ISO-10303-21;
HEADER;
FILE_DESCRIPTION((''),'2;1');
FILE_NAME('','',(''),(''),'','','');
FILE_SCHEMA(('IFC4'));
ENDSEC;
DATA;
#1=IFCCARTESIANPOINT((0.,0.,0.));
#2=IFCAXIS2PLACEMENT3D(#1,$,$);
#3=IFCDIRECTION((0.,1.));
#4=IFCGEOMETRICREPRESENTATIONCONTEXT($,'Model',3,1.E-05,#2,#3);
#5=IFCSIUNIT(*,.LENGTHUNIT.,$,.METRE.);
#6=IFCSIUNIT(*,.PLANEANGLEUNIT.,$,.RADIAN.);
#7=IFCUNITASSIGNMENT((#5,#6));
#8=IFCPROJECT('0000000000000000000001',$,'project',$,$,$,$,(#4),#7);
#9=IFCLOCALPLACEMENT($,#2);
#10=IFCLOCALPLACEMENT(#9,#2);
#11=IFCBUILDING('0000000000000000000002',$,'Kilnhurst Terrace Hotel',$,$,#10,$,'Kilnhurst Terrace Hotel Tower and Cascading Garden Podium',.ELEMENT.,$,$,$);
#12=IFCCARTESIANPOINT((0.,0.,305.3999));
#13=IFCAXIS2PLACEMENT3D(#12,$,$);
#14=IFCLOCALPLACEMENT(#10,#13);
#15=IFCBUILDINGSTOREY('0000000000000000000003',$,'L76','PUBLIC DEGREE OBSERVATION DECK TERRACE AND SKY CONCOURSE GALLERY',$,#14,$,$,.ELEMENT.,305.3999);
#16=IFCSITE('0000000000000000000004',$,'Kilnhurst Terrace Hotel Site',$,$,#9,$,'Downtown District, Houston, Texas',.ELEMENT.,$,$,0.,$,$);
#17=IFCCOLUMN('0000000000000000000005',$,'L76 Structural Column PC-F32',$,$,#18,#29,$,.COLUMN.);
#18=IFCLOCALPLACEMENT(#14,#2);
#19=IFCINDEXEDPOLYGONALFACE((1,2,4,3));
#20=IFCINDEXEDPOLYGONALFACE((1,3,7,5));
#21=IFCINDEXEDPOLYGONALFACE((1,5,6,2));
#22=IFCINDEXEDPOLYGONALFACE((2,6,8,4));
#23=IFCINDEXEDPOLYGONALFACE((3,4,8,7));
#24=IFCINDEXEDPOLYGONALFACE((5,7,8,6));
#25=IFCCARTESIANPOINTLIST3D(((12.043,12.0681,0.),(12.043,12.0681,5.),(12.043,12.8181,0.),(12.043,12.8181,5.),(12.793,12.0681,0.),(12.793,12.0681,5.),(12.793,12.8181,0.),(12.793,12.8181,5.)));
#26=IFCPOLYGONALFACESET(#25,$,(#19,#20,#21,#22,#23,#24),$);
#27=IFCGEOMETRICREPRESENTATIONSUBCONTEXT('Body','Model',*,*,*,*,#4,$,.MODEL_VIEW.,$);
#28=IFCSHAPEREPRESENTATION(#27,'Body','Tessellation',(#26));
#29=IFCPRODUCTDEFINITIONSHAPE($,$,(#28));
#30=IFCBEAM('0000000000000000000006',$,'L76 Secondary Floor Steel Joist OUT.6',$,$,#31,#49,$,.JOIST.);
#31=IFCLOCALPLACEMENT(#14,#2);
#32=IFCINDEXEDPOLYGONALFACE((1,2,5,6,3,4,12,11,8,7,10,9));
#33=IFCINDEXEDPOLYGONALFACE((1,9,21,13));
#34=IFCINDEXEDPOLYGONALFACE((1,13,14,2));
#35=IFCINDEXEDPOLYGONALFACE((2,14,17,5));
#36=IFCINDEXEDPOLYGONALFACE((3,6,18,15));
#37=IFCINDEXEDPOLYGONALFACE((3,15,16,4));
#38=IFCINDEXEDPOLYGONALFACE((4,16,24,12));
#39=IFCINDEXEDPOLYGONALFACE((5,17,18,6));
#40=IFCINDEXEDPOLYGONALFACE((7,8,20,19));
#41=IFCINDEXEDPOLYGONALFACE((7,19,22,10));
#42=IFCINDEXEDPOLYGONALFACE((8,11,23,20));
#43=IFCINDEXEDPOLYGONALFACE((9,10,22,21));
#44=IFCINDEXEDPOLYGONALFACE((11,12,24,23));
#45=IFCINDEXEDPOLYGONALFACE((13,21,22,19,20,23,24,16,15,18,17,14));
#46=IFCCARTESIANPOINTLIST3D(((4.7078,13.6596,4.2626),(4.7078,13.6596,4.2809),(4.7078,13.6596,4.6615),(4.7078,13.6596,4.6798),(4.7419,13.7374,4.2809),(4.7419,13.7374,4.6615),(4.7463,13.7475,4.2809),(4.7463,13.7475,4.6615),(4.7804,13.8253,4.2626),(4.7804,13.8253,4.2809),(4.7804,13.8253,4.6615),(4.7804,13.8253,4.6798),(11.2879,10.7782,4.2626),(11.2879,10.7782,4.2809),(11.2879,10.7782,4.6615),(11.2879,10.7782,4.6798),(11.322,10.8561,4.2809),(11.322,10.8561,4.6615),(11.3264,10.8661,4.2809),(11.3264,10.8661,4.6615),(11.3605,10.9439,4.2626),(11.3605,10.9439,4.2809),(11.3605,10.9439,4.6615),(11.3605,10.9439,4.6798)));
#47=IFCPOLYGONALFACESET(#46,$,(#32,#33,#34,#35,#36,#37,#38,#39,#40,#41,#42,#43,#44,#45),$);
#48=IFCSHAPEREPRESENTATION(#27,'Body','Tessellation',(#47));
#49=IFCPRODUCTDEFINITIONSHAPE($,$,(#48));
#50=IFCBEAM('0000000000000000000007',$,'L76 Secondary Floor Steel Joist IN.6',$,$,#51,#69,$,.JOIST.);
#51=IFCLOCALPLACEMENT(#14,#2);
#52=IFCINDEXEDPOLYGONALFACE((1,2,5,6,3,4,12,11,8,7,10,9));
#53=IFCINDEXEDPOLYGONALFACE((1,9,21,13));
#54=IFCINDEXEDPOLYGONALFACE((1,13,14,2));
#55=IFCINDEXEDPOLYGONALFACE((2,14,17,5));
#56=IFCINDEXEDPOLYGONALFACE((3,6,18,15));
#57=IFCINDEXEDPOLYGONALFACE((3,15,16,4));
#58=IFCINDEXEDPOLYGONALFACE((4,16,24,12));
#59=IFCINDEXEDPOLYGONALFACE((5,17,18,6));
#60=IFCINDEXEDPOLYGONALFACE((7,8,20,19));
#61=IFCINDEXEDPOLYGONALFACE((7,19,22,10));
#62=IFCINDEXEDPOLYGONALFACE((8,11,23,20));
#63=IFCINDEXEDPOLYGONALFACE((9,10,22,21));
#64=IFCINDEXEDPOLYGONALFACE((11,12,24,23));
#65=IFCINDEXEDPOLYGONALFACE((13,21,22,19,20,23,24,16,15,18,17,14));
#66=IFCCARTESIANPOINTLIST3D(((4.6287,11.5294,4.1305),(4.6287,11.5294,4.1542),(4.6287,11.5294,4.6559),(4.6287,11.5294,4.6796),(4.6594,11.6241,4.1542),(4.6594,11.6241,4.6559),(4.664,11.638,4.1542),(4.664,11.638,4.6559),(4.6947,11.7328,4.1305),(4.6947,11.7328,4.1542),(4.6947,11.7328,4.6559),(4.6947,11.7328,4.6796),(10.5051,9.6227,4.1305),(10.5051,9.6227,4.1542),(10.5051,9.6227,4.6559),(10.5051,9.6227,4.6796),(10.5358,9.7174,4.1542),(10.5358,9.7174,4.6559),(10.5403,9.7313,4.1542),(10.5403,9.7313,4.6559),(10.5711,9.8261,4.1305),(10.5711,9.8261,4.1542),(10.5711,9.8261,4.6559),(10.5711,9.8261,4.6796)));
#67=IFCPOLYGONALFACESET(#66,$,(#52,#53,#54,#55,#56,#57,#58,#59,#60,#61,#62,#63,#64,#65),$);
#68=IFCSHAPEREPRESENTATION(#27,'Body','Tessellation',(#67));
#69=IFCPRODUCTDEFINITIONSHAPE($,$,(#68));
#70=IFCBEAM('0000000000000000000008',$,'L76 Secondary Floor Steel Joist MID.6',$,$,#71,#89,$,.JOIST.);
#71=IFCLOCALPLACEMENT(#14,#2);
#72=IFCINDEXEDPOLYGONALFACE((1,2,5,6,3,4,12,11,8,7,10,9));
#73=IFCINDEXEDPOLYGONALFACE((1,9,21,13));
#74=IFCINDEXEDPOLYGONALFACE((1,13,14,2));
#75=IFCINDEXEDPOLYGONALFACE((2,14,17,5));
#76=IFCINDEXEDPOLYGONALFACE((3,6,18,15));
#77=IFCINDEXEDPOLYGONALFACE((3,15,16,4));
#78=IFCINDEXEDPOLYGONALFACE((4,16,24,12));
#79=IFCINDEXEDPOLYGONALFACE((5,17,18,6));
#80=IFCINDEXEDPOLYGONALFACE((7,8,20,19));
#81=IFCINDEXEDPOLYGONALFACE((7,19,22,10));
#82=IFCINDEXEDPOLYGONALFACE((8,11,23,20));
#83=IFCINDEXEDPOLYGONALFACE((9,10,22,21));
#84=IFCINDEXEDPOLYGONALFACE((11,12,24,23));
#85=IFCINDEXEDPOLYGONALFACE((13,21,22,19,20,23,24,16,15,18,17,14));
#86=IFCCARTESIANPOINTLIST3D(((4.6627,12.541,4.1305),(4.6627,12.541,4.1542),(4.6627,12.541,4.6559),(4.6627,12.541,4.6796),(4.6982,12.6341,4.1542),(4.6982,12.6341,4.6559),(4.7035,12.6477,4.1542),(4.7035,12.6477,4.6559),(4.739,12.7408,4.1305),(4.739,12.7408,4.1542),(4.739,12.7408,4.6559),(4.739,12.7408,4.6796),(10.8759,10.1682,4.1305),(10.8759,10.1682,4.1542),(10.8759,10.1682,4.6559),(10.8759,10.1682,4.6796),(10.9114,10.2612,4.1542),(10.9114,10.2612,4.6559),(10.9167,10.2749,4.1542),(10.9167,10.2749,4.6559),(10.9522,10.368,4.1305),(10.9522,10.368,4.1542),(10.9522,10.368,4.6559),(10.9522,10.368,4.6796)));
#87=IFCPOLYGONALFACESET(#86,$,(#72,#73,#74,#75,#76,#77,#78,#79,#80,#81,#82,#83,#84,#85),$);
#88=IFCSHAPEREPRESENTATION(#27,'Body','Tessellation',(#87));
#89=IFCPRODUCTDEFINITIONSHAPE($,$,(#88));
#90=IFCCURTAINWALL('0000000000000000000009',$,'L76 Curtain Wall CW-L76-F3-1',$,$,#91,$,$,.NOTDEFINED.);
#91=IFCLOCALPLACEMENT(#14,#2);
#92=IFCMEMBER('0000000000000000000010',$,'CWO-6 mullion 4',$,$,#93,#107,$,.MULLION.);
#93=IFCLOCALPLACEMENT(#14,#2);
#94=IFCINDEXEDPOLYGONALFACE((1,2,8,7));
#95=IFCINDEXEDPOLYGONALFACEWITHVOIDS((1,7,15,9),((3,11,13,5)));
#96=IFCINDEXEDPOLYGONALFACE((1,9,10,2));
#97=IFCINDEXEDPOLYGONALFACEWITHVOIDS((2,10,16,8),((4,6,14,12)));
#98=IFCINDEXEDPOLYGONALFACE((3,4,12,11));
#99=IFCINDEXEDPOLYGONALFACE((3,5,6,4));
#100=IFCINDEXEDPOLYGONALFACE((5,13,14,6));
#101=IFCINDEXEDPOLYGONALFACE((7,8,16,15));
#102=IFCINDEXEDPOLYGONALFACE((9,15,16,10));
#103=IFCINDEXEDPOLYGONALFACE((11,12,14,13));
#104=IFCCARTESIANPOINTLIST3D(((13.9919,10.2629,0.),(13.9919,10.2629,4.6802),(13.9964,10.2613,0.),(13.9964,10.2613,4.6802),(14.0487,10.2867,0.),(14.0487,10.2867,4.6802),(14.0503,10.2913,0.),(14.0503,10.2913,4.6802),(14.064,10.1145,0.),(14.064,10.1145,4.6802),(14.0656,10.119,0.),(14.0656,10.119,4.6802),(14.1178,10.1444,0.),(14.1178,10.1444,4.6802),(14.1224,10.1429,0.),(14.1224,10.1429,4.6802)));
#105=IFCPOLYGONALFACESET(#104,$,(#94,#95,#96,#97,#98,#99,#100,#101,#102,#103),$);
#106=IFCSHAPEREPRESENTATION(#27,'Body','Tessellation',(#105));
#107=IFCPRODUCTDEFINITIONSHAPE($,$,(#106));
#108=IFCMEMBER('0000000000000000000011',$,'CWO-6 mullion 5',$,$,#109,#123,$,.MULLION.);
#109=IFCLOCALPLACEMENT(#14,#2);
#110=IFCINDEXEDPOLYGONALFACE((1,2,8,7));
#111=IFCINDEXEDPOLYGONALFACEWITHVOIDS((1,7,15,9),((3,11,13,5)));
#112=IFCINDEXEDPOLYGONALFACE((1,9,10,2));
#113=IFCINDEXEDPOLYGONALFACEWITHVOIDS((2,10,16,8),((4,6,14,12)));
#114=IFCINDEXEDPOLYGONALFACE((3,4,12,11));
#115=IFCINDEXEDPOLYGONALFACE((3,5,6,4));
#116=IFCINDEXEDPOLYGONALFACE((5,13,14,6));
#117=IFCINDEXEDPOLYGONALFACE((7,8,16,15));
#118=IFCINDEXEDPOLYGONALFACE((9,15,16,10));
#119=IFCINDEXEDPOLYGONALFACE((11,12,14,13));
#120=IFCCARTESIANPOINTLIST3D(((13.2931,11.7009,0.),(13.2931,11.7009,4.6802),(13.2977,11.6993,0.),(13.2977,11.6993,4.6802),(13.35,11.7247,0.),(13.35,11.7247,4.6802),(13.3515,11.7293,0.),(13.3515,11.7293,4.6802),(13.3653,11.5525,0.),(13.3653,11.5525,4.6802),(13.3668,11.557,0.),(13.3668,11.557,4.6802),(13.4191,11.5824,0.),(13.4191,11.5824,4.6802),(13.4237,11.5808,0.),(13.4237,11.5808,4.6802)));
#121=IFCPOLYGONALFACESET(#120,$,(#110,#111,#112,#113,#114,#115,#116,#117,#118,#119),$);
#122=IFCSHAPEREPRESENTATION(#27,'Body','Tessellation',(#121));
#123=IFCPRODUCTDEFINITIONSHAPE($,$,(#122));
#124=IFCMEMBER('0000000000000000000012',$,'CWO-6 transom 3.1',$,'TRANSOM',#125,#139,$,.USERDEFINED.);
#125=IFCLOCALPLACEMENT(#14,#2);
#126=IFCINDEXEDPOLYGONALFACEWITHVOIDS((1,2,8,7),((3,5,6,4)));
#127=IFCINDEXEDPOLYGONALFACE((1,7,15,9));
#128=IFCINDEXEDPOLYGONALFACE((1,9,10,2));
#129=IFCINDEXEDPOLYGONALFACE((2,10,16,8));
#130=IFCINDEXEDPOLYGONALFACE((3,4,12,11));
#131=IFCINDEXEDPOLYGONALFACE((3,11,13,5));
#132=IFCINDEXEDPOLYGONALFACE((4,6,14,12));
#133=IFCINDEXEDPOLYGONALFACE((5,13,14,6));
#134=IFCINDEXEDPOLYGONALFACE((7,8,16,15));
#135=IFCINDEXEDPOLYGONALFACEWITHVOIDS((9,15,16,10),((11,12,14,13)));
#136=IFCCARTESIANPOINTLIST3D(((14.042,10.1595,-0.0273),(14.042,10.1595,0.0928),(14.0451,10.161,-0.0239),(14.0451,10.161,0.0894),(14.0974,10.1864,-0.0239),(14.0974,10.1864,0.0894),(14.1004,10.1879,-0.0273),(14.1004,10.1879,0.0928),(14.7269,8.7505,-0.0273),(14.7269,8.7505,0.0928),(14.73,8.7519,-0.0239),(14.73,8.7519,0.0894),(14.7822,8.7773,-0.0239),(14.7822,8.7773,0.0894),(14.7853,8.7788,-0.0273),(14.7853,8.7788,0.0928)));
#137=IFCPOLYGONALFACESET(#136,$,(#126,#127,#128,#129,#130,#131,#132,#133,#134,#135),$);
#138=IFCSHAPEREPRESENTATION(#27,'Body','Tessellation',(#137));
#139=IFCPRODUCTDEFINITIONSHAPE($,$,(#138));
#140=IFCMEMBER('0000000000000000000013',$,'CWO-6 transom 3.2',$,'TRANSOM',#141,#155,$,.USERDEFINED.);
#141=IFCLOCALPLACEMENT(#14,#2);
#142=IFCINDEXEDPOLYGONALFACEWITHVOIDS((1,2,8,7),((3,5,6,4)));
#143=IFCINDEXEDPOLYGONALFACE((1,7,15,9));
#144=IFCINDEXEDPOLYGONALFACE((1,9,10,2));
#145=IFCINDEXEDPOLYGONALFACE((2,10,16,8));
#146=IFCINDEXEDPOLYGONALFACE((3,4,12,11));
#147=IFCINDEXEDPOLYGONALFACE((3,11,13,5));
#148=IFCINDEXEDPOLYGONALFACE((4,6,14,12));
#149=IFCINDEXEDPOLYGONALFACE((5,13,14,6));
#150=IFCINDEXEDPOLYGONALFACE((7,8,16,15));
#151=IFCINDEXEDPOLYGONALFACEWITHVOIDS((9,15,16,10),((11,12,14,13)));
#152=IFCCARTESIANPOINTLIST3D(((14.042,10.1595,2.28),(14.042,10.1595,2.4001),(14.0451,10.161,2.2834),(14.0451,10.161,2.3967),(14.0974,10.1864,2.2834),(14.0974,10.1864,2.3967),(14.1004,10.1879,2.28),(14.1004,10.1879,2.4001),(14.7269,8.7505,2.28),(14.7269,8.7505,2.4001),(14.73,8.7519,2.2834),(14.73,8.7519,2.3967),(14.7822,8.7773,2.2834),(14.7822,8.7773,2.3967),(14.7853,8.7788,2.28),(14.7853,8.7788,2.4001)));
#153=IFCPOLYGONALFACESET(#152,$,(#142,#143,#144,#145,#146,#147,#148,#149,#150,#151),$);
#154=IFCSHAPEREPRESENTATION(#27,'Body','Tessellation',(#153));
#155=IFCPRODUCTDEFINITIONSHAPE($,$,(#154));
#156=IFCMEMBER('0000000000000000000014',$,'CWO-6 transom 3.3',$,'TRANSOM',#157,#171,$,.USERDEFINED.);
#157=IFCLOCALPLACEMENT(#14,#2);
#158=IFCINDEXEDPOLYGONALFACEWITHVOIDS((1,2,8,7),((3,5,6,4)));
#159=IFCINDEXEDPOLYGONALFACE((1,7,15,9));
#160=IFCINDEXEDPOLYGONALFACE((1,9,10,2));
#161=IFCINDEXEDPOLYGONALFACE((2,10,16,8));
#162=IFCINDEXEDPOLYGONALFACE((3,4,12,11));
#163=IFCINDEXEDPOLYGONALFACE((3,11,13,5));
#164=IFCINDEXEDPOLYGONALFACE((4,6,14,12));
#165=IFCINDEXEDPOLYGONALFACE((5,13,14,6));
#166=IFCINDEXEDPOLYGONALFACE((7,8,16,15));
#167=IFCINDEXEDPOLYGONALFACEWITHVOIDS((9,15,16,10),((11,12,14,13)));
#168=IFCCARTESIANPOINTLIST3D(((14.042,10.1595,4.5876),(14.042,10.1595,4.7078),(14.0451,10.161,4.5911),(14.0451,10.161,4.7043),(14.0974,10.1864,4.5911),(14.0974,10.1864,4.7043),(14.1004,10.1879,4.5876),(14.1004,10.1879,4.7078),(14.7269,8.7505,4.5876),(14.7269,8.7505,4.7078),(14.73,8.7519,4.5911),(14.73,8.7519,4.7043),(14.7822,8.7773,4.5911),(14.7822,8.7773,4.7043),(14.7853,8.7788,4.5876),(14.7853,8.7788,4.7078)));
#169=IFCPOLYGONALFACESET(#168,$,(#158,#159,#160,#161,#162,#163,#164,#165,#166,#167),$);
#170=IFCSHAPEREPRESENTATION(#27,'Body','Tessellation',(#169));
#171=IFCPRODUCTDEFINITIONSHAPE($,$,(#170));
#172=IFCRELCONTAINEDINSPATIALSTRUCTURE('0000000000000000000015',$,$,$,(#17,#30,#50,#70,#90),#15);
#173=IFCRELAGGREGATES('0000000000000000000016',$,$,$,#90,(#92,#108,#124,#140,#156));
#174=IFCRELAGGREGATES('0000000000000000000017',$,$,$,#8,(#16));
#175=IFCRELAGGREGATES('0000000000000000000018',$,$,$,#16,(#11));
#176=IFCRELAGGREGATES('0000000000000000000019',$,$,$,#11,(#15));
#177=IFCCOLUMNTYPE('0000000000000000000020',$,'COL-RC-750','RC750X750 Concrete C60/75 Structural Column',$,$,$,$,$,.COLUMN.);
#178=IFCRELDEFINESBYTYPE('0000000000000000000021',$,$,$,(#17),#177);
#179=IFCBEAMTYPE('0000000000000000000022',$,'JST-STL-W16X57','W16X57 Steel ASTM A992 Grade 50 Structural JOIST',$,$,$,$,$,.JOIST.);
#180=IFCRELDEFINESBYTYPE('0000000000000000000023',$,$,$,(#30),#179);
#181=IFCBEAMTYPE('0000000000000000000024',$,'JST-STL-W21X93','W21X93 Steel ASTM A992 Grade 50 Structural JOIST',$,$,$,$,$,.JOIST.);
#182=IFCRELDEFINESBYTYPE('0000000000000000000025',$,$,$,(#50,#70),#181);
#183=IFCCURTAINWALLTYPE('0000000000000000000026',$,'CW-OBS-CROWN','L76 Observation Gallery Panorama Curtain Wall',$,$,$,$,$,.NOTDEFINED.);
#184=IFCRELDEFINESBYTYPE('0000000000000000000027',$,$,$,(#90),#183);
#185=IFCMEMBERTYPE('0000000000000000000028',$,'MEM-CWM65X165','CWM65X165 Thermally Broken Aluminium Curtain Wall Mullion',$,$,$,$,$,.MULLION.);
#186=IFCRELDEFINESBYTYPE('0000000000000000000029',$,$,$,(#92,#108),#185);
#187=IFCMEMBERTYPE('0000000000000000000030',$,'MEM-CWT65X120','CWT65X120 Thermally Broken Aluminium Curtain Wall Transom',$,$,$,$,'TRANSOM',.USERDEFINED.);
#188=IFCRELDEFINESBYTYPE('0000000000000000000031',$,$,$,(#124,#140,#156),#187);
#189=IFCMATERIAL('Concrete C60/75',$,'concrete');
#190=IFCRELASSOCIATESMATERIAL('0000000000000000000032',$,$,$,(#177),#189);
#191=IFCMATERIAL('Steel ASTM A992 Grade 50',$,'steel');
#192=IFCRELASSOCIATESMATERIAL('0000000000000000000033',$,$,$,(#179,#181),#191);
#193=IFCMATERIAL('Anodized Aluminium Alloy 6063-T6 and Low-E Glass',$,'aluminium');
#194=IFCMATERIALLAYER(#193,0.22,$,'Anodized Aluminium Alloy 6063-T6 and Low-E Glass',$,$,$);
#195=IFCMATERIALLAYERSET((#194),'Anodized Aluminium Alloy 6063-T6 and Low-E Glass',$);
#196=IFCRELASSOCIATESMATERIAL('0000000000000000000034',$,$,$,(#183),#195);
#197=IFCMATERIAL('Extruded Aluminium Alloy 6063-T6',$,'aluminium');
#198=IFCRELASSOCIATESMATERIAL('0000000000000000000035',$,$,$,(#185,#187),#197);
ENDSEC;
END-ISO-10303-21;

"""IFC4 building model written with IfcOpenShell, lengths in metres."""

from ifc_helpers import new_model, si_unit, direction, frame, origin, origin_2d, place, context, subcontext, project, spatial, rectangle, hollow_rectangle, i_section, extrude, material, layer, layer_set, material_profile, profile_set, type_object, element, aggregate, save


model = new_model("IFC4")

# Units and contexts
model_context = context("Model", 3, precision=1e-05, world=origin(), true_north=direction((0.0, 1.0)))
body_context = subcontext(model_context, "Body", "Model", "MODEL_VIEW")
ifc_project = project(units=[si_unit("LENGTHUNIT", "METRE"), si_unit("PLANEANGLEUNIT", "RADIAN")], contexts=[model_context])

# Site, building, storey
site_placement = place(None, origin())
site = spatial("IfcSite", under=ifc_project, at=site_placement, Name="Kilnhurst Terrace Hotel Site", LongName="Downtown District, Houston, Texas", CompositionType="ELEMENT", RefElevation=0.0)
building_placement = place(site_placement, origin())
building = spatial("IfcBuilding", under=site, at=building_placement, Name="Kilnhurst Terrace Hotel", LongName="Kilnhurst Terrace Hotel Tower and Cascading Garden Podium", CompositionType="ELEMENT")
storey_placement = place(building_placement, frame((0.0, 0.0, 305.3999)))
storey = spatial("IfcBuildingStorey", under=building, at=storey_placement, Name="L76", Description="PUBLIC DEGREE OBSERVATION DECK TERRACE AND SKY CONCOURSE GALLERY", CompositionType="ELEMENT", Elevation=305.3999)

# Column
ifc_material_1 = material(Name="Concrete C60/75", Category="concrete")
ifc_material_profile_1 = material_profile(ifc_material_1, rectangle(XDim=0.75, YDim=0.75, at=origin_2d()), Name="RC750X750")
ifc_profile_set_1 = profile_set([ifc_material_profile_1], Name="Concrete C60/75")
column_type = type_object("IfcColumnType", Name="COL-RC-750", Description="RC750X750 Concrete C60/75 Structural Column", PredefinedType="COLUMN", material=ifc_profile_set_1)
column_placement = place(storey_placement, frame((12.418, 12.4431, 0.0), z_axis=(0.0, 0.0, 1.0), x_axis=(1.0, 0.0, 0.0)))
element("IfcColumn", 1, at=column_placement, inside=storey, type_object=column_type, Name="L76 Structural Column PC-F32", PredefinedType="COLUMN", context=body_context, shape_type="SweptSolid", body=[
    extrude(rectangle(XDim=0.75, YDim=0.75, at=origin_2d()), origin(), (0.0, 0.0, 1.0), 5.0),
])

# Beams
ifc_material_2 = material(Name="Steel ASTM A992 Grade 50", Category="steel")
ifc_material_profile_2 = material_profile(ifc_material_2, i_section(OverallWidth=0.1809, OverallDepth=0.4172, WebThickness=0.011, FlangeThickness=0.0183, at=origin_2d()), Name="W16X57")
ifc_profile_set_2 = profile_set([ifc_material_profile_2], Name="Steel ASTM A992 Grade 50")
beam_type_1 = type_object("IfcBeamType", Name="JST-STL-W16X57", Description="W16X57 Steel ASTM A992 Grade 50 Structural JOIST", PredefinedType="JOIST", material=ifc_profile_set_2)
beam_1_placement = place(storey_placement, frame((11.3242, 10.8611, 4.4712), z_axis=(-0.916026, 0.401118, 0.0), x_axis=(-0.401118, -0.916026, 0.0)))
element("IfcBeam", 2, at=beam_1_placement, inside=storey, type_object=beam_type_1, Name="L76 Secondary Floor Steel Joist OUT.6", PredefinedType="JOIST", context=body_context, shape_type="SweptSolid", body=[
    extrude(i_section(OverallWidth=0.1809, OverallDepth=0.4172, WebThickness=0.011, FlangeThickness=0.0183, at=origin_2d()), origin(), (0.0, 0.0, 1.0), 7.1833),
])
ifc_material_profile_3 = material_profile(ifc_material_2, i_section(OverallWidth=0.2139, OverallDepth=0.5491, WebThickness=0.0146, FlangeThickness=0.0237, at=origin_2d()), Name="W21X93")
ifc_profile_set_3 = profile_set([ifc_material_profile_3], Name="Steel ASTM A992 Grade 50")
beam_type_2 = type_object("IfcBeamType", Name="JST-STL-W21X93", Description="W21X93 Steel ASTM A992 Grade 50 Structural JOIST", PredefinedType="JOIST", material=ifc_profile_set_3)
beam_2_placement = place(storey_placement, frame((10.5381, 9.7244, 4.405), z_axis=(-0.951182, 0.30863, 0.0), x_axis=(-0.30863, -0.951182, 0.0)))
element("IfcBeam", 3, at=beam_2_placement, inside=storey, type_object=beam_type_2, Name="L76 Secondary Floor Steel Joist IN.6", PredefinedType="JOIST", context=body_context, shape_type="SweptSolid", body=[
    extrude(i_section(OverallWidth=0.2139, OverallDepth=0.5491, WebThickness=0.0146, FlangeThickness=0.0237, at=origin_2d()), origin(), (0.0, 0.0, 1.0), 6.178),
])
beam_3_placement = place(storey_placement, frame((10.9141, 10.2681, 4.405), z_axis=(-0.934193, 0.356769, 0.0), x_axis=(-0.356769, -0.934193, 0.0)))
element("IfcBeam", 4, at=beam_3_placement, inside=storey, type_object=beam_type_2, Name="L76 Secondary Floor Steel Joist MID.6", PredefinedType="JOIST", context=body_context, shape_type="SweptSolid", body=[
    extrude(i_section(OverallWidth=0.2139, OverallDepth=0.5491, WebThickness=0.0146, FlangeThickness=0.0237, at=origin_2d()), origin(), (0.0, 0.0, 1.0), 6.6509),
])

# Curtain wall, members
ifc_material_3 = material(Name="Anodized Aluminium Alloy 6063-T6 and Low-E Glass", Category="aluminium")
ifc_layer_1 = layer(ifc_material_3, 0.22, Name="Anodized Aluminium Alloy 6063-T6 and Low-E Glass")
ifc_layer_set_1 = layer_set([ifc_layer_1], Name="Anodized Aluminium Alloy 6063-T6 and Low-E Glass")
curtain_wall_type = type_object("IfcCurtainWallType", Name="CW-OBS-CROWN", Description="L76 Observation Gallery Panorama Curtain Wall", PredefinedType="NOTDEFINED", material=ifc_layer_set_1)
curtain_wall_placement = place(storey_placement, origin())
curtain_wall = element("IfcCurtainWall", 5, at=curtain_wall_placement, inside=storey, type_object=curtain_wall_type, Name="L76 Curtain Wall CW-L76-F3-1", PredefinedType="NOTDEFINED")
ifc_material_4 = material(Name="Extruded Aluminium Alloy 6063-T6", Category="aluminium")
ifc_material_profile_4 = material_profile(ifc_material_4, hollow_rectangle(XDim=0.0649, YDim=0.165, WallThickness=0.0034, at=origin_2d()), Name="CWM65X165")
ifc_profile_set_4 = profile_set([ifc_material_profile_4], Name="Extruded Aluminium Alloy 6063-T6")
member_type_1 = type_object("IfcMemberType", Name="MEM-CWM65X165", Description="CWM65X165 Thermally Broken Aluminium Curtain Wall Mullion", PredefinedType="MULLION", material=ifc_profile_set_4)
member_1_placement = place(storey_placement, frame((14.0571, 10.2029, 0.0), z_axis=(0.0, 0.0, 1.0), x_axis=(-0.899436, -0.437053, 0.0)))
member_1 = element("IfcMember", 6, at=member_1_placement, type_object=member_type_1, Name="CWO-6 mullion 4", PredefinedType="MULLION", context=body_context, shape_type="SweptSolid", body=[
    extrude(hollow_rectangle(XDim=0.0649, YDim=0.165, WallThickness=0.0034, at=origin_2d()), origin(), (0.0, 0.0, 1.0), 4.6802),
])
member_2_placement = place(storey_placement, frame((13.3584, 11.6409, 0.0), z_axis=(0.0, 0.0, 1.0), x_axis=(-0.899436, -0.437053, 0.0)))
member_2 = element("IfcMember", 7, at=member_2_placement, type_object=member_type_1, Name="CWO-6 mullion 5", PredefinedType="MULLION", context=body_context, shape_type="SweptSolid", body=[
    extrude(hollow_rectangle(XDim=0.0649, YDim=0.165, WallThickness=0.0034, at=origin_2d()), origin(), (0.0, 0.0, 1.0), 4.6802),
])
ifc_material_profile_5 = material_profile(ifc_material_4, hollow_rectangle(XDim=0.0649, YDim=0.1201, WallThickness=0.0034, at=origin_2d()), Name="CWT65X120")
ifc_profile_set_5 = profile_set([ifc_material_profile_5], Name="Extruded Aluminium Alloy 6063-T6")
member_type_2 = type_object("IfcMemberType", Name="MEM-CWT65X120", Description="CWT65X120 Thermally Broken Aluminium Curtain Wall Transom", ElementType="TRANSOM", PredefinedType="USERDEFINED", material=ifc_profile_set_5)
member_3_placement = place(storey_placement, frame((14.7561, 8.7646, 0.0327), z_axis=(-0.437149, 0.899389, 0.0), x_axis=(-0.899389, -0.437149, 0.0)))
member_3 = element("IfcMember", 8, at=member_3_placement, type_object=member_type_2, Name="CWO-6 transom 3.1", ObjectType="TRANSOM", PredefinedType="USERDEFINED", context=body_context, shape_type="SweptSolid", body=[
    extrude(hollow_rectangle(XDim=0.0649, YDim=0.1201, WallThickness=0.0034, at=origin_2d()), origin(), (0.0, 0.0, 1.0), 1.5667),
])
member_4_placement = place(storey_placement, frame((14.7561, 8.7646, 2.3401), z_axis=(-0.437149, 0.899389, 0.0), x_axis=(-0.899389, -0.437149, 0.0)))
member_4 = element("IfcMember", 9, at=member_4_placement, type_object=member_type_2, Name="CWO-6 transom 3.2", ObjectType="TRANSOM", PredefinedType="USERDEFINED", context=body_context, shape_type="SweptSolid", body=[
    extrude(hollow_rectangle(XDim=0.0649, YDim=0.1201, WallThickness=0.0034, at=origin_2d()), origin(), (0.0, 0.0, 1.0), 1.5667),
])
member_5_placement = place(storey_placement, frame((14.7561, 8.7646, 4.6477), z_axis=(-0.437149, 0.899389, 0.0), x_axis=(-0.899389, -0.437149, 0.0)))
member_5 = element("IfcMember", 10, at=member_5_placement, type_object=member_type_2, Name="CWO-6 transom 3.3", ObjectType="TRANSOM", PredefinedType="USERDEFINED", context=body_context, shape_type="SweptSolid", body=[
    extrude(hollow_rectangle(XDim=0.0649, YDim=0.1201, WallThickness=0.0034, at=origin_2d()), origin(), (0.0, 0.0, 1.0), 1.5667),
])

aggregate(curtain_wall, [member_1, member_2, member_3, member_4, member_5])

save(model, "model.ifc")
